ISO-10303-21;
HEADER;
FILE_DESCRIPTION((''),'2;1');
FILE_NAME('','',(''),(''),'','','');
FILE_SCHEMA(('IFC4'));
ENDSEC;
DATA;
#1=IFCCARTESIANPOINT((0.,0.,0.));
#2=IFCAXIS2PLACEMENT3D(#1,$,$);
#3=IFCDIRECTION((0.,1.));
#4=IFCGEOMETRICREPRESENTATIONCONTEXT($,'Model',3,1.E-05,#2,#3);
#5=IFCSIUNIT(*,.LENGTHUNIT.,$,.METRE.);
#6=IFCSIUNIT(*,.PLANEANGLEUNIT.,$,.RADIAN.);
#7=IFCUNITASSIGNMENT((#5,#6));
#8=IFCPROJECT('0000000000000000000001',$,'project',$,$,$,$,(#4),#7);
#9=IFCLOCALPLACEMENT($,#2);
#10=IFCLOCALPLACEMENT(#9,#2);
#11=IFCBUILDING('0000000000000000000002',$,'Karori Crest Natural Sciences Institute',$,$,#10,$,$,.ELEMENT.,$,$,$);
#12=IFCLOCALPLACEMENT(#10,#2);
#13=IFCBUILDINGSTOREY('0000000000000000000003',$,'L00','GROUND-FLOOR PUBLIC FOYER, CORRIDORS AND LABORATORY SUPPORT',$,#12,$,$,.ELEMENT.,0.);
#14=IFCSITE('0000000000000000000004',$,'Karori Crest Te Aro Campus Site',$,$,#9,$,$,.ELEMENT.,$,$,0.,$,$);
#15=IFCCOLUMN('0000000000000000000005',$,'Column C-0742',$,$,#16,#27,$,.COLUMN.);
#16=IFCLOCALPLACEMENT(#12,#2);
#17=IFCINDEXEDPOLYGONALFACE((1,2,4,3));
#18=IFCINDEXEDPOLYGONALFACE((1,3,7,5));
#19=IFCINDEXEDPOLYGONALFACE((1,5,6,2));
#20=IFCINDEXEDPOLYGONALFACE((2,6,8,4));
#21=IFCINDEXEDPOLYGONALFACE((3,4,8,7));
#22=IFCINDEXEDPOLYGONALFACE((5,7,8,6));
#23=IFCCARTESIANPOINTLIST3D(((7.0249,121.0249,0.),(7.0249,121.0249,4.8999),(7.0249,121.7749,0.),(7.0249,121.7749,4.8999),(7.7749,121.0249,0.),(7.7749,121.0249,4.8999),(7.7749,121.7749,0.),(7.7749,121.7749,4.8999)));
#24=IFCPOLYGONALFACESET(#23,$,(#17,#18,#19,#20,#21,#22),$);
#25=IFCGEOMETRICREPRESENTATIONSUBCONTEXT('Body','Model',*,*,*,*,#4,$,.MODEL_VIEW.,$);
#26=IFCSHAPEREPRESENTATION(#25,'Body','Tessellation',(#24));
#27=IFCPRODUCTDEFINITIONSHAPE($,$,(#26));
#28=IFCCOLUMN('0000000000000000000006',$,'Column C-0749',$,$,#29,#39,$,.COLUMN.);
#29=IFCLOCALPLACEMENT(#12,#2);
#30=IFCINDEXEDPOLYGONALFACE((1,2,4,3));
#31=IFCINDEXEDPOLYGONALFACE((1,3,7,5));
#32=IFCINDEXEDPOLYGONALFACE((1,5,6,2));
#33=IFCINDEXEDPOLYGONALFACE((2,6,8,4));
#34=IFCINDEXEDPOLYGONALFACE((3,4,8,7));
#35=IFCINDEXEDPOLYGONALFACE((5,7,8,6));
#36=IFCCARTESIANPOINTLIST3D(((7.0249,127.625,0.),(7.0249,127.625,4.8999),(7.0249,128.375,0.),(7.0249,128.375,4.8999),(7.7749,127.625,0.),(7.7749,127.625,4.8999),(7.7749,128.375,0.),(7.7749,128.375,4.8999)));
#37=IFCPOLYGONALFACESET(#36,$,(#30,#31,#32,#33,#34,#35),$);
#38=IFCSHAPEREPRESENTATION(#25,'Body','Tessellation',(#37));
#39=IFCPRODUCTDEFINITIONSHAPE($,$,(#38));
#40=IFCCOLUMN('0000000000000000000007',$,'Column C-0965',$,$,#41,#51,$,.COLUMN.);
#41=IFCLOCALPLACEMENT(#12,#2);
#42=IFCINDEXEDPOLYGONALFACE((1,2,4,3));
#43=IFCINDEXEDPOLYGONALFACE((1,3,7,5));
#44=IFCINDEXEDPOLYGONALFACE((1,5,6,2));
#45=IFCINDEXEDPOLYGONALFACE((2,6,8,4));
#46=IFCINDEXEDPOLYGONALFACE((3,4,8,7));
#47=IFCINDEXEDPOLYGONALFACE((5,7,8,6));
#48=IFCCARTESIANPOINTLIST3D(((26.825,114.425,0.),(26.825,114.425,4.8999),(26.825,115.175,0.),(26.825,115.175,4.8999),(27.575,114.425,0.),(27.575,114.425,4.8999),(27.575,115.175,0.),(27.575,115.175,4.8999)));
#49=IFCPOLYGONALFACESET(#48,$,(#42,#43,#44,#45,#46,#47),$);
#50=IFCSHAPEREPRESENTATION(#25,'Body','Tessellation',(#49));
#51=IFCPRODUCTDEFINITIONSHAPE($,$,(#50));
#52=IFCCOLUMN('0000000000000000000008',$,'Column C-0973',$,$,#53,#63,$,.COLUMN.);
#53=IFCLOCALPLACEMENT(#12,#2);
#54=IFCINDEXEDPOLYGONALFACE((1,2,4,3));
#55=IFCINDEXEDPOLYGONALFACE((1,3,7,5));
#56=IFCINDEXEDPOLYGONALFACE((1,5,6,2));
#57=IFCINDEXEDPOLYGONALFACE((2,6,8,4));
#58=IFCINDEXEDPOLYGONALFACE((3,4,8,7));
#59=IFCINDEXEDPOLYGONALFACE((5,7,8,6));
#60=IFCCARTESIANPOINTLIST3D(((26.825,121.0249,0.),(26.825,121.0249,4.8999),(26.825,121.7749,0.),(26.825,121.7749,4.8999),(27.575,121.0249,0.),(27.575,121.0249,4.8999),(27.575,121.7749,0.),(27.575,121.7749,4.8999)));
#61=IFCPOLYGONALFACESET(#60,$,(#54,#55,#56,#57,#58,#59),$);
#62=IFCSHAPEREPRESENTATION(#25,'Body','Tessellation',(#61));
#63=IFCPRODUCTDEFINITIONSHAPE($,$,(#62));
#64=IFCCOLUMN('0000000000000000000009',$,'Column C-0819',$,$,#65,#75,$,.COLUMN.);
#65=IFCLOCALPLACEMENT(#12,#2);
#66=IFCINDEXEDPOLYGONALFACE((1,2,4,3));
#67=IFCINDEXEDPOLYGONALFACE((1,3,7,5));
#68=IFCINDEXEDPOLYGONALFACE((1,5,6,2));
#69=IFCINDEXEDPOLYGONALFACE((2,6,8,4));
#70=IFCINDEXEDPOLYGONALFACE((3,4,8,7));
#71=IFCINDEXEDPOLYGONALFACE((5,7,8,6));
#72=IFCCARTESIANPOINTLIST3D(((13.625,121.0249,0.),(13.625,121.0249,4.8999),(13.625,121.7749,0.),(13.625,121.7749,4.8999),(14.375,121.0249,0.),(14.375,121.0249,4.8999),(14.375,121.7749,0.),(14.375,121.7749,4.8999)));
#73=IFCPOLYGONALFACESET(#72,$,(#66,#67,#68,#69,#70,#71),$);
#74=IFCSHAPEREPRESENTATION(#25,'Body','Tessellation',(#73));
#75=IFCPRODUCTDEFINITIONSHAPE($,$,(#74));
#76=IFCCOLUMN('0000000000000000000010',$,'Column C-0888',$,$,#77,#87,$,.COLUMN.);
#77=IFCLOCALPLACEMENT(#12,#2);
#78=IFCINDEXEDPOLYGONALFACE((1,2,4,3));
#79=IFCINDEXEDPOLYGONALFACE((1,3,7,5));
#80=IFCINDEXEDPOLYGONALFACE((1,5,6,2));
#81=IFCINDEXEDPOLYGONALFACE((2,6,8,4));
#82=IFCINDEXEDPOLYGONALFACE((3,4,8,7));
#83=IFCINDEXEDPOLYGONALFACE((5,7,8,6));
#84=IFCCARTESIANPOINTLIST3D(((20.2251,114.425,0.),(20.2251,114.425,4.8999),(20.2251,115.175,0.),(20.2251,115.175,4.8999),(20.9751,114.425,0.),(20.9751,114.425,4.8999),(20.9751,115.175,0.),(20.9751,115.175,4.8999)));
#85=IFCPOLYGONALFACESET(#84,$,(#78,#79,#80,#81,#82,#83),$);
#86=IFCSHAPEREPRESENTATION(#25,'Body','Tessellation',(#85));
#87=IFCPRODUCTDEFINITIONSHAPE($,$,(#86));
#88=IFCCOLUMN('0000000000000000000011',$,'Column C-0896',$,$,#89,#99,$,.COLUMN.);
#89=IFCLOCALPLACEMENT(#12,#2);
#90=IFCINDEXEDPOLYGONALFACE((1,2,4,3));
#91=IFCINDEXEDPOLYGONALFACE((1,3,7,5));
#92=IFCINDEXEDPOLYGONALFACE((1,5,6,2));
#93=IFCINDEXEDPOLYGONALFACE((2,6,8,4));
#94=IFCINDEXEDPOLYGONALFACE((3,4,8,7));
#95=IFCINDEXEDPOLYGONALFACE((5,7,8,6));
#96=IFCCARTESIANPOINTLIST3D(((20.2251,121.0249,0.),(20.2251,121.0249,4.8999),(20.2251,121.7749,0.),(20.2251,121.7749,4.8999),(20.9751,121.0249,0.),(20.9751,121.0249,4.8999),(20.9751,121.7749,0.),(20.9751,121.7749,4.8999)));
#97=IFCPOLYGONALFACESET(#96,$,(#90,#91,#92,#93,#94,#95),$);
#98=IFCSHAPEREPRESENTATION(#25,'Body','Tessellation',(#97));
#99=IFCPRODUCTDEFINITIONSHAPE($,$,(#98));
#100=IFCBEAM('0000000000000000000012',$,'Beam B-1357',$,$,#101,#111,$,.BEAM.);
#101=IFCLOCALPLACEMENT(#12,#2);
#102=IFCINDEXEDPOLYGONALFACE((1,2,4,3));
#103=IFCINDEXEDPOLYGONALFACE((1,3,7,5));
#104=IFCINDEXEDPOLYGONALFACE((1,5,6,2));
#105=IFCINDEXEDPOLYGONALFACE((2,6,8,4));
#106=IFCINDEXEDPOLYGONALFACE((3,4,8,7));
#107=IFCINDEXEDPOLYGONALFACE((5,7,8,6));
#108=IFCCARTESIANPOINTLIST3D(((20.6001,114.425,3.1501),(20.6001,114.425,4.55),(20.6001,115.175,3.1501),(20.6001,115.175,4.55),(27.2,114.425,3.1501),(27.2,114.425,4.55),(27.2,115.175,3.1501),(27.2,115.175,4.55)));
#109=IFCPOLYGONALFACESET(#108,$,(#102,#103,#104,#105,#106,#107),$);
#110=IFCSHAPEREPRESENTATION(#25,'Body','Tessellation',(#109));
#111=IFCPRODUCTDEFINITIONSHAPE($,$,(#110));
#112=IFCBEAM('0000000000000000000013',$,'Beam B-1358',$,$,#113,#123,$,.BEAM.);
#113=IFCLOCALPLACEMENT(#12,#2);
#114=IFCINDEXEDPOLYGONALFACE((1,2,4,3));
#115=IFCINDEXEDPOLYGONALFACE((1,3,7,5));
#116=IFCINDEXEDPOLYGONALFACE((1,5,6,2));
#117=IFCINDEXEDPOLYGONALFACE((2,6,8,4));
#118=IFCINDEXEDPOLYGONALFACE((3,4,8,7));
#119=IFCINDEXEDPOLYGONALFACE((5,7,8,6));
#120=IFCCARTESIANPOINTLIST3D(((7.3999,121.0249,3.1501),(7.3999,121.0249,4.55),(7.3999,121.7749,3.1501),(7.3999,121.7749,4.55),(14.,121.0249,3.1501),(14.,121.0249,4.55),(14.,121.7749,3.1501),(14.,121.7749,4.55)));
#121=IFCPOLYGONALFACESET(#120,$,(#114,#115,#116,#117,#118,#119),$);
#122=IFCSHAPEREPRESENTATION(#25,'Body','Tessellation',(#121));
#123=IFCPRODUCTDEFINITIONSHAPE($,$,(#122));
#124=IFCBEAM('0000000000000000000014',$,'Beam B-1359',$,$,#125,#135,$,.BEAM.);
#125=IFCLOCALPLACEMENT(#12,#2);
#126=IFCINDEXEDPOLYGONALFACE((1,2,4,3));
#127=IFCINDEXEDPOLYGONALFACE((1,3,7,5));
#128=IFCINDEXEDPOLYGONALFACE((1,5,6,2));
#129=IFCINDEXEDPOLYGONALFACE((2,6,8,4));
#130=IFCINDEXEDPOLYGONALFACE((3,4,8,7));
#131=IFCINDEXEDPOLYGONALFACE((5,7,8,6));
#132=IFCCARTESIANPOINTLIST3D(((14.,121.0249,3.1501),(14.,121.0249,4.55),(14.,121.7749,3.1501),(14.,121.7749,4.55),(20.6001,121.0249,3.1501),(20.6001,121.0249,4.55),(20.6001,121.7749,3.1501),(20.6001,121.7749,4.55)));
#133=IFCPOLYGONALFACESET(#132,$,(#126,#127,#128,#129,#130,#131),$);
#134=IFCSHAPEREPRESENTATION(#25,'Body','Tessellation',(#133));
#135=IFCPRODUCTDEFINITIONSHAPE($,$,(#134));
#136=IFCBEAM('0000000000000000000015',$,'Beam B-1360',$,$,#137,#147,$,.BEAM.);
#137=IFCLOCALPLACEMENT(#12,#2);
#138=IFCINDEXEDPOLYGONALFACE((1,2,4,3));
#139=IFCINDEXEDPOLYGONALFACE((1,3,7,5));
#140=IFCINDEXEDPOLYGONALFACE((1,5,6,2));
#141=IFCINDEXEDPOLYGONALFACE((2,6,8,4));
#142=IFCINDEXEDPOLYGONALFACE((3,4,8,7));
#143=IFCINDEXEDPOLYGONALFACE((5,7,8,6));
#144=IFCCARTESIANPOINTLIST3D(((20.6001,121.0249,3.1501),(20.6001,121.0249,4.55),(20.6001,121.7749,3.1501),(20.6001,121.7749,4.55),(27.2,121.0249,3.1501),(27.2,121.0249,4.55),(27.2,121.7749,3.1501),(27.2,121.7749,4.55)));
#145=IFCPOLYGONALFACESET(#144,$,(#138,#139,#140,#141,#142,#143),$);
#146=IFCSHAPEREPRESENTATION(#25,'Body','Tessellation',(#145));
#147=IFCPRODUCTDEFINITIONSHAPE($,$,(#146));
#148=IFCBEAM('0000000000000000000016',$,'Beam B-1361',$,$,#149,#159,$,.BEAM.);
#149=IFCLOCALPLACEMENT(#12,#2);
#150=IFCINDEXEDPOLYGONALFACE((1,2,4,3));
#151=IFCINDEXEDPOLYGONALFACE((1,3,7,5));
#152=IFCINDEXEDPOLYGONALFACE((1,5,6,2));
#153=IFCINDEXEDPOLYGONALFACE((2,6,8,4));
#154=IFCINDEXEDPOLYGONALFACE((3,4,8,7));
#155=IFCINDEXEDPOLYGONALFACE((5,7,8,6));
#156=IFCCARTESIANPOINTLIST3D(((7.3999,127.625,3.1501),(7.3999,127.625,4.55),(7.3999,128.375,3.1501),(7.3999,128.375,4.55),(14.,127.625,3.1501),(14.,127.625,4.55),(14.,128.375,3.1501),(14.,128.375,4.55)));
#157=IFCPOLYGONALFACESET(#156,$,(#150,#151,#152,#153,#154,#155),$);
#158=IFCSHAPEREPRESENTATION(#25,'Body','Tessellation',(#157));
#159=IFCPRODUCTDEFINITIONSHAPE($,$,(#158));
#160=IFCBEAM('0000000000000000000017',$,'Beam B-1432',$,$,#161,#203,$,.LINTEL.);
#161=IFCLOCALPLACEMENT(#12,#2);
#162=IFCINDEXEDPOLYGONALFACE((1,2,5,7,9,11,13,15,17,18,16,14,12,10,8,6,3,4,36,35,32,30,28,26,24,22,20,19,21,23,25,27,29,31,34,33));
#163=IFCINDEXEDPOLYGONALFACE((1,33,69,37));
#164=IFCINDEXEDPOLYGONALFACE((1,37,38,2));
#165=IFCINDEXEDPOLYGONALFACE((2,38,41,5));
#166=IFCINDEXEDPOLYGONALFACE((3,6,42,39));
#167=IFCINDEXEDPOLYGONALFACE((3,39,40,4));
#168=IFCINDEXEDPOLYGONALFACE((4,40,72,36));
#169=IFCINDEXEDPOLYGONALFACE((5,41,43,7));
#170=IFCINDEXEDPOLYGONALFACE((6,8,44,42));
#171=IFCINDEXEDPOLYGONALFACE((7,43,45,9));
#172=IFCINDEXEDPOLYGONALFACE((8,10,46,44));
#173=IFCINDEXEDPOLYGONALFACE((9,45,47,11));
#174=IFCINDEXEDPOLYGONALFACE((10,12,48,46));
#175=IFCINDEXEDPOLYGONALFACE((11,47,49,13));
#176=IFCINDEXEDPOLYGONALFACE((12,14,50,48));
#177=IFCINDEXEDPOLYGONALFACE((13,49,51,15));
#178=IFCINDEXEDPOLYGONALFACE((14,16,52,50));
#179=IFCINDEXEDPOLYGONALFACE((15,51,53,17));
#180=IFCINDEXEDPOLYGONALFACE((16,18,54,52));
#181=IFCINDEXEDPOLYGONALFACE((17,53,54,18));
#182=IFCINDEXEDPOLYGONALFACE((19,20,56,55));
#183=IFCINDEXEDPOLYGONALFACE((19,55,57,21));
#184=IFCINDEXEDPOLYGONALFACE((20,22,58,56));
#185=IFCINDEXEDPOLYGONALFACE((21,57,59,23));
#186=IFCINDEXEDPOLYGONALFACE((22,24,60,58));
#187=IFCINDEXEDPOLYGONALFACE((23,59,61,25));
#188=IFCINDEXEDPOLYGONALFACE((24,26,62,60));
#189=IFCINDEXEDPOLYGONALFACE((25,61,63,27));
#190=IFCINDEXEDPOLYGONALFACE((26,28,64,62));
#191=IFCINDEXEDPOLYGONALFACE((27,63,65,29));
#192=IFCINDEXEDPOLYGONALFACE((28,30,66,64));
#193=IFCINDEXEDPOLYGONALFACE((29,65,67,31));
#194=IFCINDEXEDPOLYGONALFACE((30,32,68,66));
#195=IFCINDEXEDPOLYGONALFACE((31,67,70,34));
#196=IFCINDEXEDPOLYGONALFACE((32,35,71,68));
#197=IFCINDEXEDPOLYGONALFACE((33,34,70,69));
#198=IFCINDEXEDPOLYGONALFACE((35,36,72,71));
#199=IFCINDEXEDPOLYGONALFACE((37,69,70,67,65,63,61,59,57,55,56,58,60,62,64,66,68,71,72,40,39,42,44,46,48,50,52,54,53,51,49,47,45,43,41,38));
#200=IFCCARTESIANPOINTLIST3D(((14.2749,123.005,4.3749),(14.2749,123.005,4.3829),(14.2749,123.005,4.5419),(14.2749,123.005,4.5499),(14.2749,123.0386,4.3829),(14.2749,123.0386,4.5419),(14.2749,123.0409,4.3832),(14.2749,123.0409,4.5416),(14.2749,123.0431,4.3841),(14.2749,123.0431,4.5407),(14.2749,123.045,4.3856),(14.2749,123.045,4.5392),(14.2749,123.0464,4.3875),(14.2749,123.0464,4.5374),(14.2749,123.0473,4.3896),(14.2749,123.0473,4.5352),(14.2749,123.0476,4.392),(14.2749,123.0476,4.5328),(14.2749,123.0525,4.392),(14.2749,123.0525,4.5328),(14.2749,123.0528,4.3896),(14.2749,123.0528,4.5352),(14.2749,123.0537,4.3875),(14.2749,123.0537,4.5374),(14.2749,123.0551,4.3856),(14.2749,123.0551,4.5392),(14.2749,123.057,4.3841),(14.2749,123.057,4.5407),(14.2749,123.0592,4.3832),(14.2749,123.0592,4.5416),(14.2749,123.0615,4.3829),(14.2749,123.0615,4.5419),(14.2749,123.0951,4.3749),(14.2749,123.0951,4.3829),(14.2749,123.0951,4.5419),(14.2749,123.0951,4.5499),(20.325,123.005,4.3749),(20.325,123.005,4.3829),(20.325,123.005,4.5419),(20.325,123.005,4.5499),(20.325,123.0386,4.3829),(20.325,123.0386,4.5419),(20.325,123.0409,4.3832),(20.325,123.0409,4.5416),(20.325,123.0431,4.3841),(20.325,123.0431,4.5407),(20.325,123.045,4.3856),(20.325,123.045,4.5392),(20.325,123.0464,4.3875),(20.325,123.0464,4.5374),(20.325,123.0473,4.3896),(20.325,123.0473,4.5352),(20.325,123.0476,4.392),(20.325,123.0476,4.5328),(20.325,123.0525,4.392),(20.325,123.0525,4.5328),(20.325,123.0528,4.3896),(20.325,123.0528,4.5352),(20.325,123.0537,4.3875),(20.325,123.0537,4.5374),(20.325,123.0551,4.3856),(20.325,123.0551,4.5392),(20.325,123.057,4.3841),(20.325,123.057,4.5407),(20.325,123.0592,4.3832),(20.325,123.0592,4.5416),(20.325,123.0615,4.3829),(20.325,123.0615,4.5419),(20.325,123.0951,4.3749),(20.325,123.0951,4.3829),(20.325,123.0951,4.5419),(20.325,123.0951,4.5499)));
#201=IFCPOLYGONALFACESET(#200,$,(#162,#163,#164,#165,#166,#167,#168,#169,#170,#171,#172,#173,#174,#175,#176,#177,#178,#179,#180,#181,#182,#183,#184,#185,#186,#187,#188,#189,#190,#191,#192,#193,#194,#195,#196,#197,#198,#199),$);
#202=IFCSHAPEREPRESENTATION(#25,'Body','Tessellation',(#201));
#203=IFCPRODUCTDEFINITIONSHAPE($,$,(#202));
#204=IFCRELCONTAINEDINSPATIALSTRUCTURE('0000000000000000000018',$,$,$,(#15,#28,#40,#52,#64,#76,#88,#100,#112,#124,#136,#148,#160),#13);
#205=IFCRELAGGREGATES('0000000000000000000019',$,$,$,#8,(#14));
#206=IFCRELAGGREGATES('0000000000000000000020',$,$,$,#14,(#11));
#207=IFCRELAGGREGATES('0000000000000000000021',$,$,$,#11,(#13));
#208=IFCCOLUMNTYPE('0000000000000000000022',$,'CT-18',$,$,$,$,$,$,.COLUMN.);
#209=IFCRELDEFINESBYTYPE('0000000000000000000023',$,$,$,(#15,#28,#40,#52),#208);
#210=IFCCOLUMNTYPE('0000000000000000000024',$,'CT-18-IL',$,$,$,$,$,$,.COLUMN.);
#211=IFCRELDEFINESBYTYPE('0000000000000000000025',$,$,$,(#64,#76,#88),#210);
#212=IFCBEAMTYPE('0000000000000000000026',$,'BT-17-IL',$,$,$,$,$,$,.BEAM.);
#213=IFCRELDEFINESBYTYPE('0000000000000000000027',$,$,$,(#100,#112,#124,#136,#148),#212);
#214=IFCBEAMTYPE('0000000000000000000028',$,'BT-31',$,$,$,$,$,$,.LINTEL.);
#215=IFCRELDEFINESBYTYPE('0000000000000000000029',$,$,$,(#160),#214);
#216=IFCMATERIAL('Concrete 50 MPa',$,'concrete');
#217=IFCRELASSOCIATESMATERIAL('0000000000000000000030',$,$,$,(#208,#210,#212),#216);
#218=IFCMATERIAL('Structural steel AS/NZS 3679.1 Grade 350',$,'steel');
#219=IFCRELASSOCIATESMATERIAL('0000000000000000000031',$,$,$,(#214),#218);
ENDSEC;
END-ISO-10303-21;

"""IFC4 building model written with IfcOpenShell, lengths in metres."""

from ifc_helpers import new_model, si_unit, direction, frame, origin, origin_2d, place, context, subcontext, project, spatial, rectangle, i_section, extrude, material, material_profile, profile_set, type_object, element, save


model = new_model("IFC4")

# Units and contexts
model_context = context("Model", 3, precision=1e-05, world=origin(), true_north=direction((0.0, 1.0)))
body_context = subcontext(model_context, "Body", "Model", "MODEL_VIEW")
ifc_project = project(units=[si_unit("LENGTHUNIT", "METRE"), si_unit("PLANEANGLEUNIT", "RADIAN")], contexts=[model_context])

# Site, building, storey
site_placement = place(None, origin())
site = spatial("IfcSite", under=ifc_project, at=site_placement, Name="Karori Crest Te Aro Campus Site", CompositionType="ELEMENT", RefElevation=0.0)
building_placement = place(site_placement, origin())
building = spatial("IfcBuilding", under=site, at=building_placement, Name="Karori Crest Natural Sciences Institute", CompositionType="ELEMENT")
storey_placement = place(building_placement, origin())
storey = spatial("IfcBuildingStorey", under=building, at=storey_placement, Name="L00", Description="GROUND-FLOOR PUBLIC FOYER, CORRIDORS AND LABORATORY SUPPORT", CompositionType="ELEMENT", Elevation=0.0)

# Columns
ifc_material_1 = material(Name="Concrete 50 MPa", Category="concrete")
ifc_material_profile_1 = material_profile(ifc_material_1, rectangle(XDim=0.75, YDim=0.75, at=origin_2d()), Name="RC750x750")
ifc_profile_set_1 = profile_set([ifc_material_profile_1], Name="Concrete 50 MPa")
column_type_1 = type_object("IfcColumnType", Name="CT-18", PredefinedType="COLUMN", material=ifc_profile_set_1)
for number, where, z_axis, x_axis, name in (
    (1, (7.3999, 121.3999, 0.0), (0.0, 0.0, 1.0), (1.0, 0.0, 0.0), "Column C-0742"),
    (2, (7.3999, 128.0, 0.0), (0.0, 0.0, 1.0), (1.0, 0.0, 0.0), "Column C-0749"),
    (3, (27.2, 114.8, 0.0), (0.0, 0.0, 1.0), (1.0, 0.0, 0.0), "Column C-0965"),
    (4, (27.2, 121.3999, 0.0), (0.0, 0.0, 1.0), (1.0, 0.0, 0.0), "Column C-0973"),
):
    element("IfcColumn", number, at=place(storey_placement, frame(where, z_axis=z_axis, x_axis=x_axis)), inside=storey, type_object=column_type_1, Name=name, PredefinedType="COLUMN", context=body_context, shape_type="SweptSolid", body=[
        extrude(rectangle(XDim=0.75, YDim=0.75, at=origin_2d()), origin(), (0.0, 0.0, 1.0), 4.8999),
    ])
ifc_material_profile_2 = material_profile(ifc_material_1, rectangle(XDim=0.75, YDim=0.75, at=origin_2d()), Name="RC750x750")
ifc_profile_set_2 = profile_set([ifc_material_profile_2], Name="Concrete 50 MPa")
column_type_2 = type_object("IfcColumnType", Name="CT-18-IL", PredefinedType="COLUMN", material=ifc_profile_set_2)
for number, where, z_axis, x_axis, name in (
    (5, (14.0, 121.3999, 0.0), (0.0, 0.0, 1.0), (1.0, 0.0, 0.0), "Column C-0819"),
    (6, (20.6001, 114.8, 0.0), (0.0, 0.0, 1.0), (1.0, 0.0, 0.0), "Column C-0888"),
    (7, (20.6001, 121.3999, 0.0), (0.0, 0.0, 1.0), (1.0, 0.0, 0.0), "Column C-0896"),
):
    element("IfcColumn", number, at=place(storey_placement, frame(where, z_axis=z_axis, x_axis=x_axis)), inside=storey, type_object=column_type_2, Name=name, PredefinedType="COLUMN", context=body_context, shape_type="SweptSolid", body=[
        extrude(rectangle(XDim=0.75, YDim=0.75, at=origin_2d()), origin(), (0.0, 0.0, 1.0), 4.8999),
    ])

# Beams
ifc_material_profile_3 = material_profile(ifc_material_1, rectangle(XDim=0.75, YDim=1.3999, at=origin_2d()), Name="RCB750x1400")
ifc_profile_set_3 = profile_set([ifc_material_profile_3], Name="Concrete 50 MPa")
beam_type_1 = type_object("IfcBeamType", Name="BT-17-IL", PredefinedType="BEAM", material=ifc_profile_set_3)
beam_1_placement = place(storey_placement, frame((20.6001, 114.8, 3.8501), z_axis=(1.0, 0.0, 0.0), x_axis=(0.0, 1.0, 0.0)))
element("IfcBeam", 8, at=beam_1_placement, inside=storey, type_object=beam_type_1, Name="Beam B-1357", PredefinedType="BEAM", context=body_context, shape_type="SweptSolid", body=[
    extrude(rectangle(XDim=0.75, YDim=1.3999, at=origin_2d()), origin(), (0.0, 0.0, 1.0), 6.5999),
])
for number, where, z_axis, x_axis, name in (
    (9, (7.3999, 121.3999, 3.8501), (1.0, 0.0, 0.0), (0.0, 1.0, 0.0), "Beam B-1358"),
    (10, (14.0, 121.3999, 3.8501), (1.0, 0.0, 0.0), (0.0, 1.0, 0.0), "Beam B-1359"),
):
    element("IfcBeam", number, at=place(storey_placement, frame(where, z_axis=z_axis, x_axis=x_axis)), inside=storey, type_object=beam_type_1, Name=name, PredefinedType="BEAM", context=body_context, shape_type="SweptSolid", body=[
        extrude(rectangle(XDim=0.75, YDim=1.3999, at=origin_2d()), origin(), (0.0, 0.0, 1.0), 6.6001),
    ])
beam_2_placement = place(storey_placement, frame((20.6001, 121.3999, 3.8501), z_axis=(1.0, 0.0, 0.0), x_axis=(0.0, 1.0, 0.0)))
element("IfcBeam", 11, at=beam_2_placement, inside=storey, type_object=beam_type_1, Name="Beam B-1360", PredefinedType="BEAM", context=body_context, shape_type="SweptSolid", body=[
    extrude(rectangle(XDim=0.75, YDim=1.3999, at=origin_2d()), origin(), (0.0, 0.0, 1.0), 6.5999),
])
beam_3_placement = place(storey_placement, frame((7.3999, 128.0, 3.8501), z_axis=(1.0, 0.0, 0.0), x_axis=(0.0, 1.0, 0.0)))
element("IfcBeam", 12, at=beam_3_placement, inside=storey, type_object=beam_type_1, Name="Beam B-1361", PredefinedType="BEAM", context=body_context, shape_type="SweptSolid", body=[
    extrude(rectangle(XDim=0.75, YDim=1.3999, at=origin_2d()), origin(), (0.0, 0.0, 1.0), 6.6001),
])
ifc_material_2 = material(Name="Structural steel AS/NZS 3679.1 Grade 350", Category="steel")
ifc_material_profile_4 = material_profile(ifc_material_2, i_section(OverallWidth=0.0901, OverallDepth=0.175, WebThickness=0.0049, FlangeThickness=0.0081, FilletRadius=0.009, at=origin_2d()), Name="180UB18.1")
ifc_profile_set_4 = profile_set([ifc_material_profile_4], Name="Structural steel AS/NZS 3679.1 Grade 350")
beam_type_2 = type_object("IfcBeamType", Name="BT-31", PredefinedType="LINTEL", material=ifc_profile_set_4)
beam_4_placement = place(storey_placement, frame((14.2749, 123.05, 4.4624), z_axis=(1.0, 0.0, 0.0), x_axis=(0.0, 1.0, 0.0)))
element("IfcBeam", 13, at=beam_4_placement, inside=storey, type_object=beam_type_2, Name="Beam B-1432", PredefinedType="LINTEL", context=body_context, shape_type="SweptSolid", body=[
    extrude(i_section(OverallWidth=0.0901, OverallDepth=0.175, WebThickness=0.0049, FlangeThickness=0.0081, FilletRadius=0.009, at=origin_2d()), origin(), (0.0, 0.0, 1.0), 6.05),
])

save(model, "model.ifc")
